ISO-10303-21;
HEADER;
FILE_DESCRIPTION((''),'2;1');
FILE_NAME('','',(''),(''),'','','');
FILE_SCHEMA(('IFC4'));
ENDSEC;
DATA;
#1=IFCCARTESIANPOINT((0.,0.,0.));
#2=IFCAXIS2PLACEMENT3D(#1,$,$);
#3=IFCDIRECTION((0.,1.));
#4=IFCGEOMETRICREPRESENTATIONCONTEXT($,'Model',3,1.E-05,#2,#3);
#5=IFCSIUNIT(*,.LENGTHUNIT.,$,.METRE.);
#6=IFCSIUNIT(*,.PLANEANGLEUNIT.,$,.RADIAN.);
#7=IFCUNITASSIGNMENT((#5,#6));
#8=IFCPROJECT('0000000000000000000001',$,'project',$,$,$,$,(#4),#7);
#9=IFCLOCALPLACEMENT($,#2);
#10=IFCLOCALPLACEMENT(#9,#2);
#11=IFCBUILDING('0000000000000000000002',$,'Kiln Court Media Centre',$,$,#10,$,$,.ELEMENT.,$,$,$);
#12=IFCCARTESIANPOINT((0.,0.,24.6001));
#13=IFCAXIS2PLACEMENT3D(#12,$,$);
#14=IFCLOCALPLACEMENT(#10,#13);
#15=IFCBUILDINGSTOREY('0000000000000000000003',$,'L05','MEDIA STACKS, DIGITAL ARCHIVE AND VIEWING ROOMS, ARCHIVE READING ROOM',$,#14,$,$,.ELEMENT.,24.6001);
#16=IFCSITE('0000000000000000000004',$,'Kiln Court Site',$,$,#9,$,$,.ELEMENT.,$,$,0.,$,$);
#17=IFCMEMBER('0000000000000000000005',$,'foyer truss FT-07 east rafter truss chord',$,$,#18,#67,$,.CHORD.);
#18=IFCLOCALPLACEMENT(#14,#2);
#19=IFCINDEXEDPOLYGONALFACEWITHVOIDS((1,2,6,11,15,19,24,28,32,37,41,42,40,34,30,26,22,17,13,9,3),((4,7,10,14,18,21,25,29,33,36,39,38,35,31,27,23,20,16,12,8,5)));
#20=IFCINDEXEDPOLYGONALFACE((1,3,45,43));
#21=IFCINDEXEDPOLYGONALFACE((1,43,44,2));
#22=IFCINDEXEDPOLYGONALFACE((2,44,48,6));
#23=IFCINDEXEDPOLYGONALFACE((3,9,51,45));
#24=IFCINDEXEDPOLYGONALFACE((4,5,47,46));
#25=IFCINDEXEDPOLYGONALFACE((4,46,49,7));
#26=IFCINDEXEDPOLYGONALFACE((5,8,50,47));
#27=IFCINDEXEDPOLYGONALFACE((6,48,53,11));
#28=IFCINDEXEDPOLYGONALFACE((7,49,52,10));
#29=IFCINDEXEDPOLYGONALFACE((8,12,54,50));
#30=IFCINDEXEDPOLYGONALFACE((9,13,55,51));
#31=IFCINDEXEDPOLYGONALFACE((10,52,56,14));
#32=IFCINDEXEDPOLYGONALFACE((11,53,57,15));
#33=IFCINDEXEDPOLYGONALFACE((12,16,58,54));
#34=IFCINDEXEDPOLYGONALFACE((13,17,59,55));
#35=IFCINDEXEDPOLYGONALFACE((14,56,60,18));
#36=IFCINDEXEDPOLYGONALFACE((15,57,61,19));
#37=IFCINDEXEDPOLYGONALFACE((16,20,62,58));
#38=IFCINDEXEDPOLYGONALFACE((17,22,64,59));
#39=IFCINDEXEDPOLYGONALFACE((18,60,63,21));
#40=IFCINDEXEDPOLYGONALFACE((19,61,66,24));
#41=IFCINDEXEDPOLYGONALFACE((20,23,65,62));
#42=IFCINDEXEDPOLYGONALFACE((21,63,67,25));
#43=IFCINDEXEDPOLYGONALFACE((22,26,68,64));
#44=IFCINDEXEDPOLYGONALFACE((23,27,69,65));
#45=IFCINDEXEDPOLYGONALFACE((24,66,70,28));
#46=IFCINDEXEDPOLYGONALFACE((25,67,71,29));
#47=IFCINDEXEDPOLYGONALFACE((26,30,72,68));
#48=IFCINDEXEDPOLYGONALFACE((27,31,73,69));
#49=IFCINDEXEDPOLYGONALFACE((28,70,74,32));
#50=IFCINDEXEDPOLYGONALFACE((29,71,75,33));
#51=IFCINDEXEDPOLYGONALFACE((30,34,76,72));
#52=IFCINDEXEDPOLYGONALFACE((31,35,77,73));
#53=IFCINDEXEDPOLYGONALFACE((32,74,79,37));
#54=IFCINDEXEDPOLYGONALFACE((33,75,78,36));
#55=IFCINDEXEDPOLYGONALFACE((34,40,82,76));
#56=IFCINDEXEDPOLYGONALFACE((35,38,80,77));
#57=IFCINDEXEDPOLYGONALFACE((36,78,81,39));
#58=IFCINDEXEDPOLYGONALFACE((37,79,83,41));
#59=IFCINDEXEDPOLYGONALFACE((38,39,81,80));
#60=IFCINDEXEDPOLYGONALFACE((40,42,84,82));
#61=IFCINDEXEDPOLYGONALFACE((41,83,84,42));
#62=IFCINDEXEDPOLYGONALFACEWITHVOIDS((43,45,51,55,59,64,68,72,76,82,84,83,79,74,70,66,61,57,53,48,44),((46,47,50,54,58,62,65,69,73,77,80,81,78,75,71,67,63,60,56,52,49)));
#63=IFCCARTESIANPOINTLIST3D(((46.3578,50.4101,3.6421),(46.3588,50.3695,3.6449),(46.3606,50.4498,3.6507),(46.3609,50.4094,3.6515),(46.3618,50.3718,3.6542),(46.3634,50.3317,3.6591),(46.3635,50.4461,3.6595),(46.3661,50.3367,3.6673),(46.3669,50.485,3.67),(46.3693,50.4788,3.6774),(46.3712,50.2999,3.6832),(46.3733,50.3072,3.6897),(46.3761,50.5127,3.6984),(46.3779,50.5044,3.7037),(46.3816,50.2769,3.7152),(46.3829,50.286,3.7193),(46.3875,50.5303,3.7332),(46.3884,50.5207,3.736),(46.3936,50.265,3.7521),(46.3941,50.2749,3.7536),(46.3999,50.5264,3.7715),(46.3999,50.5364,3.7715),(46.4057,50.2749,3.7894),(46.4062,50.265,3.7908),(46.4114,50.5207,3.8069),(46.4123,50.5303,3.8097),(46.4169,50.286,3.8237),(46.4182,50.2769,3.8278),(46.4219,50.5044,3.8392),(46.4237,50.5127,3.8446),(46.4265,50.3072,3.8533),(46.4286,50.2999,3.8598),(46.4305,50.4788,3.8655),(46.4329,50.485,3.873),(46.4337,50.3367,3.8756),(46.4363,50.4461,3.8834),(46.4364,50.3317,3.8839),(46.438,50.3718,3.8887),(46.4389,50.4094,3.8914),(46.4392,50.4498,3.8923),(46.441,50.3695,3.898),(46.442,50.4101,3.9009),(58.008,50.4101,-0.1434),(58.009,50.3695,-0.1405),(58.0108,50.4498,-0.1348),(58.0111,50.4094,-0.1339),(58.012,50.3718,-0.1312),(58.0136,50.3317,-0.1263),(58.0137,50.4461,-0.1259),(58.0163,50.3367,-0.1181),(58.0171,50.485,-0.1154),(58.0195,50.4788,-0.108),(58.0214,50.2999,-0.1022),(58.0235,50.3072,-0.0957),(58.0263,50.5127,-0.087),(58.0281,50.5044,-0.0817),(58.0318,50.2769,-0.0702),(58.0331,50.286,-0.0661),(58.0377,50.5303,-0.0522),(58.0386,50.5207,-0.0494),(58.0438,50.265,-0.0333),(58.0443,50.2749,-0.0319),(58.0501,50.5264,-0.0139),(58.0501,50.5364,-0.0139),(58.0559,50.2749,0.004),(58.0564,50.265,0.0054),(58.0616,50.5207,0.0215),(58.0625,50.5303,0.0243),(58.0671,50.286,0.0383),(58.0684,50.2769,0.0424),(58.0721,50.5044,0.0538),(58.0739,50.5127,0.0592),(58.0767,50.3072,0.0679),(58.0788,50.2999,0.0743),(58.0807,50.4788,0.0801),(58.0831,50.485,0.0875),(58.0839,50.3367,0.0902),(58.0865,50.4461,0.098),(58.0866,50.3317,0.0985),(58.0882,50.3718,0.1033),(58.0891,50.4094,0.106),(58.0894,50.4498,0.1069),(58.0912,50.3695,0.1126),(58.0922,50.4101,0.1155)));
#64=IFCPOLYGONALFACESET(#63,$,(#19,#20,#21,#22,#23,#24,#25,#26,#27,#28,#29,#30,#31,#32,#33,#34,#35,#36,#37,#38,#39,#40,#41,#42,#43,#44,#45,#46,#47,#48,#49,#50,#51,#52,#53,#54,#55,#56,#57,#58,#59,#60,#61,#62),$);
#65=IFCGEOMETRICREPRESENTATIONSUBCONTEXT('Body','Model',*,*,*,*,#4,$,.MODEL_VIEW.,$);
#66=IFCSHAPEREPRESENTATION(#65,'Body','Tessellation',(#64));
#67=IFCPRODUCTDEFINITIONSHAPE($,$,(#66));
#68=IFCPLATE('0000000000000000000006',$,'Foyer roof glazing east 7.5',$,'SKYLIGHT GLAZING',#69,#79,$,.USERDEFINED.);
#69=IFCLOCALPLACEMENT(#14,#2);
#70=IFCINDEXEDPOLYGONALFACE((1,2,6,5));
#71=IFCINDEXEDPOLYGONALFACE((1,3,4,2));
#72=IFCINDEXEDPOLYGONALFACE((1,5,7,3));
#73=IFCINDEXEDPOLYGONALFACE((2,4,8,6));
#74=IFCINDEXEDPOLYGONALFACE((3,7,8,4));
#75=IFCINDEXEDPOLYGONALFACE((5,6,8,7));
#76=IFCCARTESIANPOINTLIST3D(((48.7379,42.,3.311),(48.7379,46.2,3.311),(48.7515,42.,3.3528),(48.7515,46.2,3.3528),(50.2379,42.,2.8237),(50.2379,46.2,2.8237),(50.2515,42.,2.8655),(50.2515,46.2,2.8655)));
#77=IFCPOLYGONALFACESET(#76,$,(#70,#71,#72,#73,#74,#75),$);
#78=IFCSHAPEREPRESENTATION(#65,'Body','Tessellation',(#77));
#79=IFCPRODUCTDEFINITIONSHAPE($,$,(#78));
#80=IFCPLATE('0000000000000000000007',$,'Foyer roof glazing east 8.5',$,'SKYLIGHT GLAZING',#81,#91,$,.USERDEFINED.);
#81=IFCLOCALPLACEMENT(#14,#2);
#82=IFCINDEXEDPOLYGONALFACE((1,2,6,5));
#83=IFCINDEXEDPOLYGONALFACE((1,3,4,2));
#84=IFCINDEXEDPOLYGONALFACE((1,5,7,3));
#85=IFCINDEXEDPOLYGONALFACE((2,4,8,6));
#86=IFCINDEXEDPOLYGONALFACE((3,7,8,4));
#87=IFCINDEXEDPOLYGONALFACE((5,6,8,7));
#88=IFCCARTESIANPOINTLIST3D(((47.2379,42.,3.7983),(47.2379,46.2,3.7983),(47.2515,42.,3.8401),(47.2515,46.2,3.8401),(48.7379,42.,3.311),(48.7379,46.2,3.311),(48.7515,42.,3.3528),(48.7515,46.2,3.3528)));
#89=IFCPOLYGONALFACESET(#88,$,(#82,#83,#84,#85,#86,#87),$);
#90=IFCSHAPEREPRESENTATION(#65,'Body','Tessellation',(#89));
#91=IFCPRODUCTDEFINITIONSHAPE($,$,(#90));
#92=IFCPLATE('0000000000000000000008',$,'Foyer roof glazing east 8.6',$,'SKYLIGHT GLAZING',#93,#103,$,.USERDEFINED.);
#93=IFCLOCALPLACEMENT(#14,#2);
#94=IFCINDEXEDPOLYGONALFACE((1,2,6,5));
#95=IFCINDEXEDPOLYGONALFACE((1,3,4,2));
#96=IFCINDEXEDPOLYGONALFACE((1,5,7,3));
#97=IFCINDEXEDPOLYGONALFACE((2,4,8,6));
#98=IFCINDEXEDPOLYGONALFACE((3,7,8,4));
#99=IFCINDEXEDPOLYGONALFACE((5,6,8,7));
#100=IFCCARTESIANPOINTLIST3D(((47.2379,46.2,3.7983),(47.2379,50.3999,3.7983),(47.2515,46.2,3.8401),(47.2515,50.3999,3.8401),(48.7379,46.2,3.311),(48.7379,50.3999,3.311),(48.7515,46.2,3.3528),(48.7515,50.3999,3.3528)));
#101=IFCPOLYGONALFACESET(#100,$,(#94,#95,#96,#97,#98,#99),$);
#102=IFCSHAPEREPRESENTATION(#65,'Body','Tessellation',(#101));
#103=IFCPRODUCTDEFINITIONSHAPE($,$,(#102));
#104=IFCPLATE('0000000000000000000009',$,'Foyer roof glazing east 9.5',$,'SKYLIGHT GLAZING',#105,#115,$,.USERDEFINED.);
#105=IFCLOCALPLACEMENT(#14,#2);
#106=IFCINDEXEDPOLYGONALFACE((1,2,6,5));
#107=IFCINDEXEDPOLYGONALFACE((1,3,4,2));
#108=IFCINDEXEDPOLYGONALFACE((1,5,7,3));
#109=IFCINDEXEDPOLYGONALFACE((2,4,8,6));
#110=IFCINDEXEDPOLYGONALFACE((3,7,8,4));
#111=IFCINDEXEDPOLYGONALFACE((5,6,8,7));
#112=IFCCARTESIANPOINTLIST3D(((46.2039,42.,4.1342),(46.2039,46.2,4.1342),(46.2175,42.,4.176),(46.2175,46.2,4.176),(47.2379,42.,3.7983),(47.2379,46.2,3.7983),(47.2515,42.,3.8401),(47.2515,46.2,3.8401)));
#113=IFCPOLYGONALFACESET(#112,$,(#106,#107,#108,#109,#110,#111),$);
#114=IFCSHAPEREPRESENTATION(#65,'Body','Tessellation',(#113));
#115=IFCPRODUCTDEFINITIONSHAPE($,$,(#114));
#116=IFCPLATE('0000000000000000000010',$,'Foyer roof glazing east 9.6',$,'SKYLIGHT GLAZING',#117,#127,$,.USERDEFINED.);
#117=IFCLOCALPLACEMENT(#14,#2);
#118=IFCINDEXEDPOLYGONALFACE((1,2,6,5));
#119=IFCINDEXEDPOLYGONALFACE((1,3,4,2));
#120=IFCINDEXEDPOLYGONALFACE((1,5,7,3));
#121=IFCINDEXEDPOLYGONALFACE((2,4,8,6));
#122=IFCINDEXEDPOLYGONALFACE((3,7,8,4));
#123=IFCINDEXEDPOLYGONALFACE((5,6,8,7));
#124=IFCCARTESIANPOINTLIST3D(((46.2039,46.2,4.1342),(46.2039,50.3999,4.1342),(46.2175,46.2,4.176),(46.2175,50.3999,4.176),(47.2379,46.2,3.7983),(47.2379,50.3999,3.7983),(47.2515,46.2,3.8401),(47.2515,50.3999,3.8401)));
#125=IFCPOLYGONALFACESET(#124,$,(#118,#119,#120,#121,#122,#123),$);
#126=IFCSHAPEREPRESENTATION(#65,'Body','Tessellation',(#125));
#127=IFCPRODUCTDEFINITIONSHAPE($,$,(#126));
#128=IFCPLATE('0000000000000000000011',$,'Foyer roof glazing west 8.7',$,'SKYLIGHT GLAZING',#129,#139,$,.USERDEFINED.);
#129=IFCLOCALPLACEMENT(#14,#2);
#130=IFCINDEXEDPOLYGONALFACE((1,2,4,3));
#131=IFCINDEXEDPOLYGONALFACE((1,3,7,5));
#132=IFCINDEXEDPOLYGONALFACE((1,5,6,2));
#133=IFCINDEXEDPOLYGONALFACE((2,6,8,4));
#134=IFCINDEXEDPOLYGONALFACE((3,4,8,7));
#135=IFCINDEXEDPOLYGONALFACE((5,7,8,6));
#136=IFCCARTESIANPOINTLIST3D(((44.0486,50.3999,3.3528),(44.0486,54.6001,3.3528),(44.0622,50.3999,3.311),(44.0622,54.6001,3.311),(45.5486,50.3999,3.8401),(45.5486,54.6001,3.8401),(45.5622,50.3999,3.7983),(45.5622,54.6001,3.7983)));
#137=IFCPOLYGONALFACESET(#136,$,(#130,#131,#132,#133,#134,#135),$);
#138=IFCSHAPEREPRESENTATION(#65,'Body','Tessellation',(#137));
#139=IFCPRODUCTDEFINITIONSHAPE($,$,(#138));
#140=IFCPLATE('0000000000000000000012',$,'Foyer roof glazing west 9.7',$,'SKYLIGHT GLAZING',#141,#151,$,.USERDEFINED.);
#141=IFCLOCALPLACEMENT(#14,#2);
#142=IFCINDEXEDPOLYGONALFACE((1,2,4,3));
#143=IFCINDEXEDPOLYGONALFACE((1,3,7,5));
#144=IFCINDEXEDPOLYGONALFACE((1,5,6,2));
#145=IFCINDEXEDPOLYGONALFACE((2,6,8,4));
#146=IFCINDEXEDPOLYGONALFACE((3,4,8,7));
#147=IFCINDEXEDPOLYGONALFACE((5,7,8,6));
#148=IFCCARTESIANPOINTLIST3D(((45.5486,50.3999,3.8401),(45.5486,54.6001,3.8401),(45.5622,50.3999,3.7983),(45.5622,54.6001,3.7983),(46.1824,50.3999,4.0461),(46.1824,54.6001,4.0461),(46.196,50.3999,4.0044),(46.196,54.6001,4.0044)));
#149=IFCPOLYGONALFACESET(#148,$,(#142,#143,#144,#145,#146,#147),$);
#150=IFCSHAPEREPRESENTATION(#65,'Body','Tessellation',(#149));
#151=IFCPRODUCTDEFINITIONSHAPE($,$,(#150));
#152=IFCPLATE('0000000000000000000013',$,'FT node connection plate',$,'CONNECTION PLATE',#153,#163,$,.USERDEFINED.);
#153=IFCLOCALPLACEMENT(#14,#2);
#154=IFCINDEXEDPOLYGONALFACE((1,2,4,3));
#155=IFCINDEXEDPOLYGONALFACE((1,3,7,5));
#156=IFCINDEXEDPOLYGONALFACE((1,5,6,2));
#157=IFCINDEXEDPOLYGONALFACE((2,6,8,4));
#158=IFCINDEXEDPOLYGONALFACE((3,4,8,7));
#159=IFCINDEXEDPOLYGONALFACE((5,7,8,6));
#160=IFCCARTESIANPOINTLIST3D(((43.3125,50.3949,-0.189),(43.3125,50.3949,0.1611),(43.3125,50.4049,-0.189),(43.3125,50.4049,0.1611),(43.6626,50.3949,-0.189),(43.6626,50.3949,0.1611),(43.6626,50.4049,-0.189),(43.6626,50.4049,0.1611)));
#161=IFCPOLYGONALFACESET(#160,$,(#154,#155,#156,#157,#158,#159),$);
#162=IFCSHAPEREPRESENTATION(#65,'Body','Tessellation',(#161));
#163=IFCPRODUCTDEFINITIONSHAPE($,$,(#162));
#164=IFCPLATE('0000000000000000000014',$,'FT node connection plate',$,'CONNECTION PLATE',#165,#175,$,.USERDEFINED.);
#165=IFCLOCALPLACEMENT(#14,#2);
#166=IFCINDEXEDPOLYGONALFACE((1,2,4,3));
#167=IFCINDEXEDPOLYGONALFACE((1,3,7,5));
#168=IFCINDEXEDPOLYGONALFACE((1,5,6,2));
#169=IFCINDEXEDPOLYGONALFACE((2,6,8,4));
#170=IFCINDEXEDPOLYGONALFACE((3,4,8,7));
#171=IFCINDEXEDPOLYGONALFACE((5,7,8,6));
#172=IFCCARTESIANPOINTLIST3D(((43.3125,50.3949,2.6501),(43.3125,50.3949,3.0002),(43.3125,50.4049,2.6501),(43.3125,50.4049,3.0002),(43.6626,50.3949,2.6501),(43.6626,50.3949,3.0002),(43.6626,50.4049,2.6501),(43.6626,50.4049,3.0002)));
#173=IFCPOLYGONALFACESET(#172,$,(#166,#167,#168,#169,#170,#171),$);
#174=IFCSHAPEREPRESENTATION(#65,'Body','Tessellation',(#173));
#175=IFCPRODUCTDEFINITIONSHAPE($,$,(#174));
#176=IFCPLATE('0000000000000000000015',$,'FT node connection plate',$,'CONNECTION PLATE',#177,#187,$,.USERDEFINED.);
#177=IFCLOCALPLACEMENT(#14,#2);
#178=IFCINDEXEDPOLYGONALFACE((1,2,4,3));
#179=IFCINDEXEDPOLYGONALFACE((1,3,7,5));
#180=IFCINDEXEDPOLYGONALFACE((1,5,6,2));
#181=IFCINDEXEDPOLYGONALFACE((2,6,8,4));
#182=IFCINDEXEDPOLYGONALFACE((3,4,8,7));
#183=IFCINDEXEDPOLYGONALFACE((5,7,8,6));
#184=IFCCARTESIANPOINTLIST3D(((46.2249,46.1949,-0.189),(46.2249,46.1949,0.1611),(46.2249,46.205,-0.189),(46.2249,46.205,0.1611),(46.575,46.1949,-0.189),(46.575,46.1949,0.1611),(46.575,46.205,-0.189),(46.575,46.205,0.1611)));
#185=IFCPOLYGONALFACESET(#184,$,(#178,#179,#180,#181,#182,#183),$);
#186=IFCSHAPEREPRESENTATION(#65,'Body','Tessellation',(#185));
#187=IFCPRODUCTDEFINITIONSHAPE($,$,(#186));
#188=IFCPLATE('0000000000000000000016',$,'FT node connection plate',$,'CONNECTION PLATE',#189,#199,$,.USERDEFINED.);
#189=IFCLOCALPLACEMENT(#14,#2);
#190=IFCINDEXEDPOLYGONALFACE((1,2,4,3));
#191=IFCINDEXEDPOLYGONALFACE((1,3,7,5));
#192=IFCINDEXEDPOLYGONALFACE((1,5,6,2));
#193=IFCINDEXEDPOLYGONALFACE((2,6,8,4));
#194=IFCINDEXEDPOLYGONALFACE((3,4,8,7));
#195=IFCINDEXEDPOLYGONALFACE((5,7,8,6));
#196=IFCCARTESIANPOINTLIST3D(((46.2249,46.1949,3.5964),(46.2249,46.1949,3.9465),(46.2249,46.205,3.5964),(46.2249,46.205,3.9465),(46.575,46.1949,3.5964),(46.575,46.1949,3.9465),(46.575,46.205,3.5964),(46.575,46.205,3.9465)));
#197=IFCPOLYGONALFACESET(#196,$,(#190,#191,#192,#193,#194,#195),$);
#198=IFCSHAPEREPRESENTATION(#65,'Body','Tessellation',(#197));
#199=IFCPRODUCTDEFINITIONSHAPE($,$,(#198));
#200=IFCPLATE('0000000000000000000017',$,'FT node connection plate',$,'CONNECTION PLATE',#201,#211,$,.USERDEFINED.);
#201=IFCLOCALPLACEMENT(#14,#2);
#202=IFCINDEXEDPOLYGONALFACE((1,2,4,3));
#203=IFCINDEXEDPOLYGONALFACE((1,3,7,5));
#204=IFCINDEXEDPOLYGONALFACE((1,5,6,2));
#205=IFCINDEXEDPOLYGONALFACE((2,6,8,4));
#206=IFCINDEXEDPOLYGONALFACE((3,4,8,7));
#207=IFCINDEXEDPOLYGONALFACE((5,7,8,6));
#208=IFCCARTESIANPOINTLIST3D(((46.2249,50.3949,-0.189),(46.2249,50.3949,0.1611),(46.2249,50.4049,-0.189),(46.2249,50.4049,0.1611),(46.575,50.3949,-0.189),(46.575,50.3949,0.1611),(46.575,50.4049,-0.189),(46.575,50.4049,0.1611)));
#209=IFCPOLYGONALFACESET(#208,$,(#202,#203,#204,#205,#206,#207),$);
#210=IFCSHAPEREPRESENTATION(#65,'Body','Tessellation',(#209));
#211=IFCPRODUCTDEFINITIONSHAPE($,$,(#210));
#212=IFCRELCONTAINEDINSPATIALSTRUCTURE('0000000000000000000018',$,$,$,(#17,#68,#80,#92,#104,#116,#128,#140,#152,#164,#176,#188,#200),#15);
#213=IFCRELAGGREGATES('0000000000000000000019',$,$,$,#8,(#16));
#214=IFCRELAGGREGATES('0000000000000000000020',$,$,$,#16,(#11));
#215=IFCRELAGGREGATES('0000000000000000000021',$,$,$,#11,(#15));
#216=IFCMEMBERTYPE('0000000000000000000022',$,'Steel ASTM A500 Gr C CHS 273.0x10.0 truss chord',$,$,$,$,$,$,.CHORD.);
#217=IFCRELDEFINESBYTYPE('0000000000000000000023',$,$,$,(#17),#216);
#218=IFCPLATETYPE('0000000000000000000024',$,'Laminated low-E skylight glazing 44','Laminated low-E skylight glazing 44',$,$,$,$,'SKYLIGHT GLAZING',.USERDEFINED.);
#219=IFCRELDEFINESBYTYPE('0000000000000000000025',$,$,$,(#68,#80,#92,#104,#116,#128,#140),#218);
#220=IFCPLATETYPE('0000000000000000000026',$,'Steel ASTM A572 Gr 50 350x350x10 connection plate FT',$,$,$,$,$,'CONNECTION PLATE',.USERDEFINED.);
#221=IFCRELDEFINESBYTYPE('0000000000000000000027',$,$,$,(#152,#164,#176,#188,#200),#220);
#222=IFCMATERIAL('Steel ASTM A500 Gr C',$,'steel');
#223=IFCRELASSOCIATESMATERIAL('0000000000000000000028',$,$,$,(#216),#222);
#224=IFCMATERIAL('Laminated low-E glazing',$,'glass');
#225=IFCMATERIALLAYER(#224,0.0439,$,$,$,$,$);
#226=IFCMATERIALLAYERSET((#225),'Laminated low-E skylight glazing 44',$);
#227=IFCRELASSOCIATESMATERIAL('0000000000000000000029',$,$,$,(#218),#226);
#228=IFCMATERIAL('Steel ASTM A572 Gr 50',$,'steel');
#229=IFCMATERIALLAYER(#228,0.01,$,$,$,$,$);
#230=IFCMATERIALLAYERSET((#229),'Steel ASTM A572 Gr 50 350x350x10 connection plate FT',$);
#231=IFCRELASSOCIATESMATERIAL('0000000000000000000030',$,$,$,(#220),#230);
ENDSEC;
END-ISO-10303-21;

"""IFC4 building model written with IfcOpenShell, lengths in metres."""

from ifc_helpers import new_model, si_unit, direction, frame, origin, origin_2d, place, context, subcontext, project, spatial, polyline, rectangle, hollow_circle, outline, extrude, material, layer, layer_set, material_profile, profile_set, type_object, element, save


model = new_model("IFC4")

# Units and contexts
model_context = context("Model", 3, precision=1e-05, world=origin(), true_north=direction((0.0, 1.0)))
body_context = subcontext(model_context, "Body", "Model", "MODEL_VIEW")
ifc_project = project(units=[si_unit("LENGTHUNIT", "METRE"), si_unit("PLANEANGLEUNIT", "RADIAN")], contexts=[model_context])

# Site, building, storey
site_placement = place(None, origin())
site = spatial("IfcSite", under=ifc_project, at=site_placement, Name="Kiln Court Site", CompositionType="ELEMENT", RefElevation=0.0)
building_placement = place(site_placement, origin())
building = spatial("IfcBuilding", under=site, at=building_placement, Name="Kiln Court Media Centre", CompositionType="ELEMENT")
storey_placement = place(building_placement, frame((0.0, 0.0, 24.6001)))
storey = spatial("IfcBuildingStorey", under=building, at=storey_placement, Name="L05", Description="MEDIA STACKS, DIGITAL ARCHIVE AND VIEWING ROOMS, ARCHIVE READING ROOM", CompositionType="ELEMENT", Elevation=24.6001)

# Member
ifc_material_1 = material(Name="Steel ASTM A500 Gr C", Category="steel")
ifc_material_profile_1 = material_profile(ifc_material_1, hollow_circle(Radius=0.1365, WallThickness=0.01, at=origin_2d()), Name="CHS 273.0x10.0")
ifc_profile_set_1 = profile_set([ifc_material_profile_1], Name="Steel ASTM A500 Gr C")
member_type_1 = type_object("IfcMemberType", Name="Steel ASTM A500 Gr C CHS 273.0x10.0 truss chord", PredefinedType="CHORD", material=ifc_profile_set_1)
member_1_placement = place(storey_placement, frame((46.3999, 50.3999, 3.7715), z_axis=(0.951056, 0.0, -0.30902), x_axis=(0.0, 1.0, 0.0)))
element("IfcMember", 1, at=member_1_placement, inside=storey, type_object=member_type_1, Name="foyer truss FT-07 east rafter truss chord", PredefinedType="CHORD", context=body_context, shape_type="SweptSolid", body=[
    extrude(hollow_circle(Radius=0.1365, WallThickness=0.01, at=origin_2d()), origin(), (0.0, 0.0, 1.0), 12.2498),
])

# Plates
ifc_material_2 = material(Name="Laminated low-E glazing", Category="glass")
ifc_layer_1 = layer(ifc_material_2, 0.0439)
ifc_layer_set_1 = layer_set([ifc_layer_1], Name="Laminated low-E skylight glazing 44")
plate_type_1 = type_object("IfcPlateType", Name="Laminated low-E skylight glazing 44", Description="Laminated low-E skylight glazing 44", ElementType="SKYLIGHT GLAZING", PredefinedType="USERDEFINED", material=ifc_layer_set_1)
for number, where, z_axis, x_axis, name in (
    (2, (50.2515, 46.2, 2.8655), (0.308974, 0.0, 0.95107), (-0.95107, 0.0, 0.308974), "Foyer roof glazing east 7.5"),
    (3, (48.7515, 46.2, 3.3528), (0.308974, 0.0, 0.95107), (-0.95107, 0.0, 0.308974), "Foyer roof glazing east 8.5"),
    (4, (48.7515, 50.3999, 3.3528), (0.308974, 0.0, 0.95107), (-0.95107, 0.0, 0.308974), "Foyer roof glazing east 8.6"),
):
    element("IfcPlate", number, at=place(storey_placement, frame(where, z_axis=z_axis, x_axis=x_axis)), inside=storey, type_object=plate_type_1, Name=name, ObjectType="SKYLIGHT GLAZING", PredefinedType="USERDEFINED", context=body_context, shape_type="SweptSolid", body=[
        extrude(outline(polyline([(0.0, 0.0), (1.5772, 0.0), (1.5772, 4.2), (0.0, 4.2), (0.0, 0.0)])), origin(), (0.0, 0.0, -1.0), 0.0439),
    ])
for number, where, z_axis, x_axis, name in (
    (5, (47.2515, 46.2, 3.8401), (0.30901, 0.0, 0.951059), (-0.951059, 0.0, 0.30901), "Foyer roof glazing east 9.5"),
    (6, (47.2515, 50.3999, 3.8401), (0.30901, 0.0, 0.951059), (-0.951059, 0.0, 0.30901), "Foyer roof glazing east 9.6"),
):
    element("IfcPlate", number, at=place(storey_placement, frame(where, z_axis=z_axis, x_axis=x_axis)), inside=storey, type_object=plate_type_1, Name=name, ObjectType="SKYLIGHT GLAZING", PredefinedType="USERDEFINED", context=body_context, shape_type="SweptSolid", body=[
        extrude(outline(polyline([(0.0, 0.0), (1.0871, 0.0), (1.0871, 4.2), (0.0, 4.2), (0.0, 0.0)])), origin(), (0.0, 0.0, -1.0), 0.0439),
    ])
plate_1_placement = place(storey_placement, frame((44.0486, 50.3999, 3.3528), z_axis=(-0.308974, 0.0, 0.95107), x_axis=(0.95107, 0.0, 0.308974)))
element("IfcPlate", 7, at=plate_1_placement, inside=storey, type_object=plate_type_1, Name="Foyer roof glazing west 8.7", ObjectType="SKYLIGHT GLAZING", PredefinedType="USERDEFINED", context=body_context, shape_type="SweptSolid", body=[
    extrude(outline(polyline([(0.0, 0.0), (1.5772, 0.0), (1.5772, 4.2002), (0.0, 4.2002), (0.0, 0.0)])), origin(), (0.0, 0.0, -1.0), 0.0439),
])
plate_2_placement = place(storey_placement, frame((45.5486, 50.3999, 3.8401), z_axis=(-0.309185, 0.0, 0.951002), x_axis=(0.951002, 0.0, 0.309185)))
element("IfcPlate", 8, at=plate_2_placement, inside=storey, type_object=plate_type_1, Name="Foyer roof glazing west 9.7", ObjectType="SKYLIGHT GLAZING", PredefinedType="USERDEFINED", context=body_context, shape_type="SweptSolid", body=[
    extrude(outline(polyline([(0.0, 0.0), (0.6664, 0.0), (0.6664, 4.2002), (0.0, 4.2002), (0.0, 0.0)])), origin(), (0.0, 0.0, -1.0), 0.0439),
])
ifc_material_3 = material(Name="Steel ASTM A572 Gr 50", Category="steel")
ifc_layer_2 = layer(ifc_material_3, 0.01)
ifc_layer_set_2 = layer_set([ifc_layer_2], Name="Steel ASTM A572 Gr 50 350x350x10 connection plate FT")
plate_type_2 = type_object("IfcPlateType", Name="Steel ASTM A572 Gr 50 350x350x10 connection plate FT", ElementType="CONNECTION PLATE", PredefinedType="USERDEFINED", material=ifc_layer_set_2)
for number, where, z_axis, x_axis, name in (
    (9, (43.4875, 50.3999, -0.189), (0.0, 0.0, 1.0), (1.0, 0.0, 0.0), "FT node connection plate"),
    (10, (43.4875, 50.3999, 2.6501), (0.0, 0.0, 1.0), (1.0, 0.0, 0.0), "FT node connection plate"),
    (11, (46.3999, 46.2, -0.189), (0.0, 0.0, 1.0), (1.0, 0.0, 0.0), "FT node connection plate"),
    (12, (46.3999, 46.2, 3.5964), (0.0, 0.0, 1.0), (1.0, 0.0, 0.0), "FT node connection plate"),
    (13, (46.3999, 50.3999, -0.189), (0.0, 0.0, 1.0), (1.0, 0.0, 0.0), "FT node connection plate"),
):
    element("IfcPlate", number, at=place(storey_placement, frame(where, z_axis=z_axis, x_axis=x_axis)), inside=storey, type_object=plate_type_2, Name=name, ObjectType="CONNECTION PLATE", PredefinedType="USERDEFINED", context=body_context, shape_type="SweptSolid", body=[
        extrude(rectangle(XDim=0.3501, YDim=0.01, at=origin_2d()), origin(), (0.0, 0.0, 1.0), 0.3501),
    ])

save(model, "model.ifc")
